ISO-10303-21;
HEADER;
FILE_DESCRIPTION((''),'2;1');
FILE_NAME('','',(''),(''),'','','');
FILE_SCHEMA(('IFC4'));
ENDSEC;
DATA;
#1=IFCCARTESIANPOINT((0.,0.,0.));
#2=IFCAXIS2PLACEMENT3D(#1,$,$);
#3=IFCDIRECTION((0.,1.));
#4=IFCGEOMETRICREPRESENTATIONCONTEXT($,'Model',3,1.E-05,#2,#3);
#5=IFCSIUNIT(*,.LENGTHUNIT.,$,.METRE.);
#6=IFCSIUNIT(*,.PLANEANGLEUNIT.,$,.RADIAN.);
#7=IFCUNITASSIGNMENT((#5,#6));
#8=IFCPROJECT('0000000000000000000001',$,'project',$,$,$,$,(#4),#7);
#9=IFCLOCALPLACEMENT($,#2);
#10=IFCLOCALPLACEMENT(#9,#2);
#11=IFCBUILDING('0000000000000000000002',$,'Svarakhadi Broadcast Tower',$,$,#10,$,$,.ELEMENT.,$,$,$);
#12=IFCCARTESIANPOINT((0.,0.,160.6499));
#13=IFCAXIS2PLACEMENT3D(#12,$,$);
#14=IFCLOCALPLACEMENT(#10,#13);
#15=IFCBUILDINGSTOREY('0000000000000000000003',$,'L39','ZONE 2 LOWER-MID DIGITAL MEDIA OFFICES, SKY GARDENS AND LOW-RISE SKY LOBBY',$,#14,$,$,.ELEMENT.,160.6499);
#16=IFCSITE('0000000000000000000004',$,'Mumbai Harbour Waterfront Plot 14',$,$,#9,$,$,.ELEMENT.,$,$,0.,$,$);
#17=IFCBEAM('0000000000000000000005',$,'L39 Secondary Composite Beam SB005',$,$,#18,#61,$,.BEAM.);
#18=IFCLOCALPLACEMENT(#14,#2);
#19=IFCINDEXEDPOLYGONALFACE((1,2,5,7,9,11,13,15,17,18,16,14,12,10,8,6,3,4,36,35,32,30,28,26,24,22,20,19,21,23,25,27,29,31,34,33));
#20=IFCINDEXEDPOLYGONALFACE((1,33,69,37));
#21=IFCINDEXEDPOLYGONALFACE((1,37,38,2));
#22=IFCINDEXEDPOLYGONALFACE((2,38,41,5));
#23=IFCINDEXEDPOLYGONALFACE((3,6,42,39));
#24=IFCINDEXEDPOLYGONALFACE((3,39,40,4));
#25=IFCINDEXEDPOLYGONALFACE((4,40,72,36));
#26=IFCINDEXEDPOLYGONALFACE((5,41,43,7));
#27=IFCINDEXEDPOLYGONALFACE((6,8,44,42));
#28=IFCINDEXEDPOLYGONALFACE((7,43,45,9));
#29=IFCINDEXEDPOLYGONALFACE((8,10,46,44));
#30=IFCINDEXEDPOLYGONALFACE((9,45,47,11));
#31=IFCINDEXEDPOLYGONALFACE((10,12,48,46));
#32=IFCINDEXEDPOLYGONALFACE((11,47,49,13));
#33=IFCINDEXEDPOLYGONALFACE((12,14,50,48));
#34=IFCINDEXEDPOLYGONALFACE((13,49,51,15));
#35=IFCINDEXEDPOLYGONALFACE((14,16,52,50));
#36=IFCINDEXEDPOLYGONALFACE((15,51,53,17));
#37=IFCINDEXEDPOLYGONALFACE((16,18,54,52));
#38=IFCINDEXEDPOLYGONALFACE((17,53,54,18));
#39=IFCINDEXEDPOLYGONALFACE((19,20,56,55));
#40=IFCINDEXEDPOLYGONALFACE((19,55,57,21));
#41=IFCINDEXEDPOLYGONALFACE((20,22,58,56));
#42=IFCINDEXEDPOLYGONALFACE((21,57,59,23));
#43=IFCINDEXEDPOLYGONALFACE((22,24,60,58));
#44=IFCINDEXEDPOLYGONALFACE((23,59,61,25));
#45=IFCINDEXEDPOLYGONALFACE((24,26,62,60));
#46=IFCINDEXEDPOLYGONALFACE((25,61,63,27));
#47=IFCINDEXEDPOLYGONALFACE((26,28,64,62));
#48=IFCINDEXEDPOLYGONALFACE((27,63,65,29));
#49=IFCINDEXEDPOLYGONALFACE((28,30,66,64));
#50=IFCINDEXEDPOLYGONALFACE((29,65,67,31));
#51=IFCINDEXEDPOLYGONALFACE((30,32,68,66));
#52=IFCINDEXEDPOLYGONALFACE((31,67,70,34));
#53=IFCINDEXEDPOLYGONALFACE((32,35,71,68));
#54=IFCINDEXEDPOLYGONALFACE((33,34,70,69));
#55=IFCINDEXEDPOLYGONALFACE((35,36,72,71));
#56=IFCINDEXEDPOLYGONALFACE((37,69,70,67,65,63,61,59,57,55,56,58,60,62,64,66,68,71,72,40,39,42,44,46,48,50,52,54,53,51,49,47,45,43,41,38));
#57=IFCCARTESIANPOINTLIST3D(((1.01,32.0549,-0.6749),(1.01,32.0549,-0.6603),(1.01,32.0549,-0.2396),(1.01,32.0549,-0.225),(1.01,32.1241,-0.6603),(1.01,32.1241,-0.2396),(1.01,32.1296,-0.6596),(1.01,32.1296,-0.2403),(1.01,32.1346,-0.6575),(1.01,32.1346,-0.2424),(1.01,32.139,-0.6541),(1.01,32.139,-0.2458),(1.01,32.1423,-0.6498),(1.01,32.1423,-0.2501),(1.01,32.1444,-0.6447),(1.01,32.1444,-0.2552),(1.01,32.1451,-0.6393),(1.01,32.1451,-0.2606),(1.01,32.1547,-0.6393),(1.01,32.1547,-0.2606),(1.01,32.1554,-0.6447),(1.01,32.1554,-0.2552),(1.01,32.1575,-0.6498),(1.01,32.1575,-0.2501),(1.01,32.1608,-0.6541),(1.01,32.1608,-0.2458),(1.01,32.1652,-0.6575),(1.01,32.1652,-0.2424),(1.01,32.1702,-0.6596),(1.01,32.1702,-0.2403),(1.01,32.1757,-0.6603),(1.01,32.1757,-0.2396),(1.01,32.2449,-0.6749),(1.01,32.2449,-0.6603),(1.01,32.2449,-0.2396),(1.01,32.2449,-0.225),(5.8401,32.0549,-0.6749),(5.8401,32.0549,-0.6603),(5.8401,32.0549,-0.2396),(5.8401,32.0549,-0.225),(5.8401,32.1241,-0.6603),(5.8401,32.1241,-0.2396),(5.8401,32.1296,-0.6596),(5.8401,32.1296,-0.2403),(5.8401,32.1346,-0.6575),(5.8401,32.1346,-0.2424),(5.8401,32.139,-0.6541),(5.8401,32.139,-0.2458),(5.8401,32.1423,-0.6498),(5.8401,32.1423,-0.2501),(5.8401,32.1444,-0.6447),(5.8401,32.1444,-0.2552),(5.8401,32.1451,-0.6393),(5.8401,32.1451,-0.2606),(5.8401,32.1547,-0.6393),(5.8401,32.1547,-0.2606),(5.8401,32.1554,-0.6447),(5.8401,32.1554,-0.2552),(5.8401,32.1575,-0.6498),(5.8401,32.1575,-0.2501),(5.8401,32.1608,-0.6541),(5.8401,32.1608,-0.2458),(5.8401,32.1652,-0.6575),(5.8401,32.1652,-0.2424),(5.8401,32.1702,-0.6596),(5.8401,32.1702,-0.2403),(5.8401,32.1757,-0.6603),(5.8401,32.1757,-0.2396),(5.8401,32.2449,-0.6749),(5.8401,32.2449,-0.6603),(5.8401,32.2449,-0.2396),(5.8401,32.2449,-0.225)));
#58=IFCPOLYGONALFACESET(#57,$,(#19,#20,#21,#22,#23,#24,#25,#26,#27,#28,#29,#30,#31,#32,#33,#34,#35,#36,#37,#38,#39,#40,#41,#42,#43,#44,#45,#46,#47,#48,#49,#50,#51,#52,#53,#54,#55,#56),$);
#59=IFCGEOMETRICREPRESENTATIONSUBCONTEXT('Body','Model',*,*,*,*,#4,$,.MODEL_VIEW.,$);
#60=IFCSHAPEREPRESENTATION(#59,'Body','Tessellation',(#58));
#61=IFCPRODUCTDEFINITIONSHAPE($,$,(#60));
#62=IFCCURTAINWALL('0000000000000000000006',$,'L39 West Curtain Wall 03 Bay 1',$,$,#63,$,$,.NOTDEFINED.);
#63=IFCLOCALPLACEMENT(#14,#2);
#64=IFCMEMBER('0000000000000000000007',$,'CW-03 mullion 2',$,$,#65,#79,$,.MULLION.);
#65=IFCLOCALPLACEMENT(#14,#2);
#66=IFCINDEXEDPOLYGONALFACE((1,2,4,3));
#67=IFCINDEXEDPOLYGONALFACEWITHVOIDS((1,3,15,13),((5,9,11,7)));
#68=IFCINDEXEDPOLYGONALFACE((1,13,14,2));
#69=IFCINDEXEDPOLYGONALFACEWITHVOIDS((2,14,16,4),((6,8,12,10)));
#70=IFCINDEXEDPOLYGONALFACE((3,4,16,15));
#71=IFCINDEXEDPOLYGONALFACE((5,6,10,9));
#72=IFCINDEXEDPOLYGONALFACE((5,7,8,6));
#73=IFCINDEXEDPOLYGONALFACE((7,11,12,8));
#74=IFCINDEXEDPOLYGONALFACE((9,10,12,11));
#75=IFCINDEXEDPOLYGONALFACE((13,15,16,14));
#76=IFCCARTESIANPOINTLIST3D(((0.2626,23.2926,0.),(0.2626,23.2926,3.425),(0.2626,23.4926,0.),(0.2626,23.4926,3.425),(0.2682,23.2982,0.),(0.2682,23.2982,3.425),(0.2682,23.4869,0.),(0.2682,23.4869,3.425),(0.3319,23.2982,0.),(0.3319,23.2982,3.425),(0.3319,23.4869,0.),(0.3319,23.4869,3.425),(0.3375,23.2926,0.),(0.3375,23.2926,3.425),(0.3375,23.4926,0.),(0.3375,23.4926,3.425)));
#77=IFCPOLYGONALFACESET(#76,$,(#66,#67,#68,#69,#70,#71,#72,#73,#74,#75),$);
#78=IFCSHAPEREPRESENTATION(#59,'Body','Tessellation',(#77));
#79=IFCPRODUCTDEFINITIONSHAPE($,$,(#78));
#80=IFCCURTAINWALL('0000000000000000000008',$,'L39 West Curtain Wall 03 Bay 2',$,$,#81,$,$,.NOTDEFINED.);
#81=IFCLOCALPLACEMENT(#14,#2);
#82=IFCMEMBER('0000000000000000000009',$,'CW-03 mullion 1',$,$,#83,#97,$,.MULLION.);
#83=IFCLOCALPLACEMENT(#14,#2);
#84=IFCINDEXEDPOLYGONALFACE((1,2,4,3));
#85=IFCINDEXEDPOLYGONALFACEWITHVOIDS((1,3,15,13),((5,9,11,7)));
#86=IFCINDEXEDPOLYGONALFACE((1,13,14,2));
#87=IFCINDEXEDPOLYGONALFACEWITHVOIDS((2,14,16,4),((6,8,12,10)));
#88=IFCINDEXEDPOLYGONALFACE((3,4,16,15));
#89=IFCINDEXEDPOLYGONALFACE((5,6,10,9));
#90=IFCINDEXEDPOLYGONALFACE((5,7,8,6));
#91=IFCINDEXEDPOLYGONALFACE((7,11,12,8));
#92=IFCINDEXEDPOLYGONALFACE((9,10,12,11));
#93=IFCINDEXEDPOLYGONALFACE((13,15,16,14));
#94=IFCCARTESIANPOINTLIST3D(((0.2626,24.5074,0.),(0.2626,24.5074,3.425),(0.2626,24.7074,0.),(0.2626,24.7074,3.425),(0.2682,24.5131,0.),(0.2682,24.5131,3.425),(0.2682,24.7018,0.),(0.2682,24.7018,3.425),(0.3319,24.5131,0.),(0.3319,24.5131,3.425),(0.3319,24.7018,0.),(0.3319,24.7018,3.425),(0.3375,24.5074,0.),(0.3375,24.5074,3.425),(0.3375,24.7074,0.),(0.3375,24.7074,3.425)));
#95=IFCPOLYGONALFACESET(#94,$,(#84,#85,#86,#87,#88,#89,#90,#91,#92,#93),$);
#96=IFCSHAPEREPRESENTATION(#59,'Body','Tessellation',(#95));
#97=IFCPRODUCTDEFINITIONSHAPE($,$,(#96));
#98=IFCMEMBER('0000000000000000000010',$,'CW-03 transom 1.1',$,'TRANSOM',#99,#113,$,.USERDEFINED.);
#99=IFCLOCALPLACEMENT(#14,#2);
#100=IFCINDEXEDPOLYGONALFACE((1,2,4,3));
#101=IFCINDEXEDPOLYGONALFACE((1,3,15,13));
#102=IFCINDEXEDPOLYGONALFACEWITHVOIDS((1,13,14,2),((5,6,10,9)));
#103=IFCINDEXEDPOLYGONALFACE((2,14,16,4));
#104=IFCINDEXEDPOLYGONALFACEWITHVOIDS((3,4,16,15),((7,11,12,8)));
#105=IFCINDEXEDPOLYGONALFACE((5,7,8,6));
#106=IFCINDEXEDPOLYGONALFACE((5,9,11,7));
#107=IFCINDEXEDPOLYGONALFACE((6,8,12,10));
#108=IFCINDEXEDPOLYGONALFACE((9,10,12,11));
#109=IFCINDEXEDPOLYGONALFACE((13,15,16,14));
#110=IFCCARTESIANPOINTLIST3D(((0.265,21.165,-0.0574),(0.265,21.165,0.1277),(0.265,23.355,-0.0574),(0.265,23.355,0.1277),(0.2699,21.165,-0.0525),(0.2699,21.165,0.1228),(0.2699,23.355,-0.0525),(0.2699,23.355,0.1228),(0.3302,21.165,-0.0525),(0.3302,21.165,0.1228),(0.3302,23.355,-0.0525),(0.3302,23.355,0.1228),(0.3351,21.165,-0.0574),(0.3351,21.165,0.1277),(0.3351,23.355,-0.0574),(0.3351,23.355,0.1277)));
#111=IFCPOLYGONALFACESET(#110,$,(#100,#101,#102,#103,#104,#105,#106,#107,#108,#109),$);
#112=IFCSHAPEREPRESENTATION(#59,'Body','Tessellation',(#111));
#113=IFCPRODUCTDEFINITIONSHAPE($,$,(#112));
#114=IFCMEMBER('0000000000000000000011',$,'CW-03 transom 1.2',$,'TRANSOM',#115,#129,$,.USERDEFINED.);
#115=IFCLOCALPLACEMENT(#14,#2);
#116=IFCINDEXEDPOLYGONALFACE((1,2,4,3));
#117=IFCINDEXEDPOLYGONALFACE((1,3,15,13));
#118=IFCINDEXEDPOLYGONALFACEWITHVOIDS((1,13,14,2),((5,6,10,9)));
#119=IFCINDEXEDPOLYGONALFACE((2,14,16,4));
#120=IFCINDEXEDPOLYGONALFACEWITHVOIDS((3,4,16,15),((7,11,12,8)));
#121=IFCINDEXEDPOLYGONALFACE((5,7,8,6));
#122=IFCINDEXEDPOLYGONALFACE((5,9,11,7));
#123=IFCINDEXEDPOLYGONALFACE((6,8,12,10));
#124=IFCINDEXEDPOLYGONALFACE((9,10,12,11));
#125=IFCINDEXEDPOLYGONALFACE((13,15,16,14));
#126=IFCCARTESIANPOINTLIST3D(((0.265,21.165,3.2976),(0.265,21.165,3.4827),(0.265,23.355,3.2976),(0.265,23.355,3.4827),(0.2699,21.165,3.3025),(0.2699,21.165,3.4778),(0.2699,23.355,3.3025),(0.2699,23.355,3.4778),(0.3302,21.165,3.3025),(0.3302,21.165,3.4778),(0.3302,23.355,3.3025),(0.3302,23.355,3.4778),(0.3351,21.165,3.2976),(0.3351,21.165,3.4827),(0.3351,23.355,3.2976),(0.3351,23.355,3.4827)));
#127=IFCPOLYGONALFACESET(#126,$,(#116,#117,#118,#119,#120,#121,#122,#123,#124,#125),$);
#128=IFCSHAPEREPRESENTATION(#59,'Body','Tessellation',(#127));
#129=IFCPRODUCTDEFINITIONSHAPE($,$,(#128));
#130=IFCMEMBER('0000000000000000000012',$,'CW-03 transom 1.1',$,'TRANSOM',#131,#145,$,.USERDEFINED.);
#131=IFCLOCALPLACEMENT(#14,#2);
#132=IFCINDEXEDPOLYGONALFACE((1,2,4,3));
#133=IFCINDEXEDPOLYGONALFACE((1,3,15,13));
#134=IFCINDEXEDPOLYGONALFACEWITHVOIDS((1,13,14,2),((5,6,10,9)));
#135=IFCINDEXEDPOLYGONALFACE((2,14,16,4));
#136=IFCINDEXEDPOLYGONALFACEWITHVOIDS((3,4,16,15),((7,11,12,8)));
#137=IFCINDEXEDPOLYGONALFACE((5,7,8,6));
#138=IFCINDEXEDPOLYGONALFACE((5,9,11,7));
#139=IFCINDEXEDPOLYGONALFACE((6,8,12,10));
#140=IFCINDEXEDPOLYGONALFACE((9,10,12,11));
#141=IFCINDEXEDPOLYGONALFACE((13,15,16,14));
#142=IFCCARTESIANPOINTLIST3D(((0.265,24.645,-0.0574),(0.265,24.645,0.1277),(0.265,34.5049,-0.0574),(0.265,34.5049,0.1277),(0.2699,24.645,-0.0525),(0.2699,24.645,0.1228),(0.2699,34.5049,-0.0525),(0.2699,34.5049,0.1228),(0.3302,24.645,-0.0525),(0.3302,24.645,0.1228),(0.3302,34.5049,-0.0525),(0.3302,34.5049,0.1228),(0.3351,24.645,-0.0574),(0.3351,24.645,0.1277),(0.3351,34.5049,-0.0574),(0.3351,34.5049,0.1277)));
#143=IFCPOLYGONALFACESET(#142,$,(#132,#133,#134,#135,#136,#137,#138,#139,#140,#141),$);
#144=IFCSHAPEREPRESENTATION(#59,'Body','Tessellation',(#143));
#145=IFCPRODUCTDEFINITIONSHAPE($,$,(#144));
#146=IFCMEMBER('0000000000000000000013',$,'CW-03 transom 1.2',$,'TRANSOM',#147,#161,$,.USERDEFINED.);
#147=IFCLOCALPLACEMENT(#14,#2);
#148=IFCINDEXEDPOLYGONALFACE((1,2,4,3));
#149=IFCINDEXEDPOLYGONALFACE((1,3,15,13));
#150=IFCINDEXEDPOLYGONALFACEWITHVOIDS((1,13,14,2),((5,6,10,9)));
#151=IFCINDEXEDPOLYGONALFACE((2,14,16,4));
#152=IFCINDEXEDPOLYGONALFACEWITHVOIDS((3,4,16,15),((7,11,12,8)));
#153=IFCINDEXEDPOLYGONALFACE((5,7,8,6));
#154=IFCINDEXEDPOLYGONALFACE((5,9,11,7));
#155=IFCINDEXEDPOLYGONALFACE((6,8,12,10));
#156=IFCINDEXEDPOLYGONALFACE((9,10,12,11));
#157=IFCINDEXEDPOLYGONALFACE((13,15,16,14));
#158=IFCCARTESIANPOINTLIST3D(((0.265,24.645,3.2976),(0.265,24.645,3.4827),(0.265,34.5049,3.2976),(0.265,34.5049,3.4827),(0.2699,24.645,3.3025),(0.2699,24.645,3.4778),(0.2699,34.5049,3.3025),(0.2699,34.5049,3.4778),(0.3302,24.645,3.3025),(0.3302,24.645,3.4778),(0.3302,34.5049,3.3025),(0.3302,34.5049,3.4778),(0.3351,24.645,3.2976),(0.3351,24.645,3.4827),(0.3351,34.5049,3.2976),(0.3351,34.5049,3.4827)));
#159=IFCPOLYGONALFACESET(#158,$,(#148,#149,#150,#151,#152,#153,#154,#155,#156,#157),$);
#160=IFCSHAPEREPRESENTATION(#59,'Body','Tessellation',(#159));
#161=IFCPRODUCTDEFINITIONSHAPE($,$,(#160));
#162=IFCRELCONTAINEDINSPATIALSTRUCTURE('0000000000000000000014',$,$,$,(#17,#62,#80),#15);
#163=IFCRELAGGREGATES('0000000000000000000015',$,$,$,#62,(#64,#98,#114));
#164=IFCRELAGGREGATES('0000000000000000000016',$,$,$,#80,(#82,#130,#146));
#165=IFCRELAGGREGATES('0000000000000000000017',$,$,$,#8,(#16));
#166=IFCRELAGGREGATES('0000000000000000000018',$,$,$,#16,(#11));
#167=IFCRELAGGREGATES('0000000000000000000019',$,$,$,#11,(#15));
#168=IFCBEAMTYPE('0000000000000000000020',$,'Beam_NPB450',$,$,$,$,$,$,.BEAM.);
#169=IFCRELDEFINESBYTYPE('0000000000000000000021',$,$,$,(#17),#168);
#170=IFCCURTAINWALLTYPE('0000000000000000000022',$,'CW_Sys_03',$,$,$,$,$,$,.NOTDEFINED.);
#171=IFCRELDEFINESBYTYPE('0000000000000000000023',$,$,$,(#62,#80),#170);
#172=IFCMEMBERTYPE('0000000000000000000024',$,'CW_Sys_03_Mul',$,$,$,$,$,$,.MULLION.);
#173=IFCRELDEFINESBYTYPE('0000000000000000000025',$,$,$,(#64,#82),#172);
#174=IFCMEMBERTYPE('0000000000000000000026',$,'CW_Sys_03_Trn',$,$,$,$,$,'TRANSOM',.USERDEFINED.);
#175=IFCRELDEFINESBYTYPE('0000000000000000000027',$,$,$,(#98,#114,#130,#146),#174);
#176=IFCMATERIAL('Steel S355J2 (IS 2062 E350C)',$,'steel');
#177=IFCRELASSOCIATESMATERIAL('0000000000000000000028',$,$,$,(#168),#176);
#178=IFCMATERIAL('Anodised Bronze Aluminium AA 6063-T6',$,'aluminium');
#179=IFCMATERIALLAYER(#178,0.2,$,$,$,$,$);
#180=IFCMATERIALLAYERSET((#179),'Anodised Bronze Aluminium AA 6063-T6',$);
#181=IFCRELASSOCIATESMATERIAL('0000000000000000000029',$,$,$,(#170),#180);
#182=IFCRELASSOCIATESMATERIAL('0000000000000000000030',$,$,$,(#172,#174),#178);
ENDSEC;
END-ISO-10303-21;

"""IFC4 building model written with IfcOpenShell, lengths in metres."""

from ifc_helpers import new_model, si_unit, direction, frame, origin, origin_2d, place, context, subcontext, project, spatial, hollow_rectangle, i_section, extrude, material, layer, layer_set, material_profile, profile_set, type_object, element, aggregate, save


model = new_model("IFC4")

# Units and contexts
model_context = context("Model", 3, precision=1e-05, world=origin(), true_north=direction((0.0, 1.0)))
body_context = subcontext(model_context, "Body", "Model", "MODEL_VIEW")
ifc_project = project(units=[si_unit("LENGTHUNIT", "METRE"), si_unit("PLANEANGLEUNIT", "RADIAN")], contexts=[model_context])

# Site, building, storey
site_placement = place(None, origin())
site = spatial("IfcSite", under=ifc_project, at=site_placement, Name="Mumbai Harbour Waterfront Plot 14", CompositionType="ELEMENT", RefElevation=0.0)
building_placement = place(site_placement, origin())
building = spatial("IfcBuilding", under=site, at=building_placement, Name="Svarakhadi Broadcast Tower", CompositionType="ELEMENT")
storey_placement = place(building_placement, frame((0.0, 0.0, 160.6499)))
storey = spatial("IfcBuildingStorey", under=building, at=storey_placement, Name="L39", Description="ZONE 2 LOWER-MID DIGITAL MEDIA OFFICES, SKY GARDENS AND LOW-RISE SKY LOBBY", CompositionType="ELEMENT", Elevation=160.6499)

# Beam
ifc_material_1 = material(Name="Steel S355J2 (IS 2062 E350C)", Category="steel")
ifc_material_profile_1 = material_profile(ifc_material_1, i_section(OverallWidth=0.1899, OverallDepth=0.45, WebThickness=0.0095, FlangeThickness=0.0146, FilletRadius=0.021, at=origin_2d()), Name="NPB 450x190x78")
ifc_profile_set_1 = profile_set([ifc_material_profile_1], Name="Steel S355J2 (IS 2062 E350C)")
beam_type_1 = type_object("IfcBeamType", Name="Beam_NPB450", PredefinedType="BEAM", material=ifc_profile_set_1)
for number, where, z_axis, x_axis, name in (
    (1, (1.01, 32.1499, -0.45), (1.0, 0.0, 0.0), (0.0, 1.0, 0.0), "L39 Secondary Composite Beam SB005"),
):
    element("IfcBeam", number, at=place(storey_placement, frame(where, z_axis=z_axis, x_axis=x_axis)), inside=storey, type_object=beam_type_1, Name=name, PredefinedType="BEAM", context=body_context, shape_type="SweptSolid", body=[
        extrude(i_section(OverallWidth=0.1899, OverallDepth=0.45, WebThickness=0.0095, FlangeThickness=0.0146, FilletRadius=0.021, at=origin_2d()), origin(), (0.0, 0.0, 1.0), 4.8301),
    ])

# Curtain walls, members
ifc_material_2 = material(Name="Anodised Bronze Aluminium AA 6063-T6", Category="aluminium")
ifc_layer_1 = layer(ifc_material_2, 0.2)
ifc_layer_set_1 = layer_set([ifc_layer_1], Name="Anodised Bronze Aluminium AA 6063-T6")
curtain_wall_type = type_object("IfcCurtainWallType", Name="CW_Sys_03", PredefinedType="NOTDEFINED", material=ifc_layer_set_1)
curtain_wall_1_placement = place(storey_placement, origin())
curtain_wall_1 = element("IfcCurtainWall", 2, at=curtain_wall_1_placement, inside=storey, type_object=curtain_wall_type, Name="L39 West Curtain Wall 03 Bay 1", PredefinedType="NOTDEFINED")
ifc_material_profile_2 = material_profile(ifc_material_2, hollow_rectangle(XDim=0.075, YDim=0.2, WallThickness=0.0056, at=origin_2d()), Name="ALU MULLION 200x75x6")
ifc_profile_set_2 = profile_set([ifc_material_profile_2], Name="Anodised Bronze Aluminium AA 6063-T6")
member_type_1 = type_object("IfcMemberType", Name="CW_Sys_03_Mul", PredefinedType="MULLION", material=ifc_profile_set_2)
member_1_placement = place(storey_placement, frame((0.3, 23.3926, 0.0), z_axis=(0.0, 0.0, 1.0), x_axis=(-1.0, 0.0, 0.0)))
member_1 = element("IfcMember", 3, at=member_1_placement, type_object=member_type_1, Name="CW-03 mullion 2", PredefinedType="MULLION", context=body_context, shape_type="SweptSolid", body=[
    extrude(hollow_rectangle(XDim=0.075, YDim=0.2, WallThickness=0.0056, at=origin_2d()), origin(), (0.0, 0.0, 1.0), 3.425),
])
curtain_wall_2_placement = place(storey_placement, origin())
curtain_wall_2 = element("IfcCurtainWall", 4, at=curtain_wall_2_placement, inside=storey, type_object=curtain_wall_type, Name="L39 West Curtain Wall 03 Bay 2", PredefinedType="NOTDEFINED")
member_2_placement = place(storey_placement, frame((0.3, 24.6074, 0.0), z_axis=(0.0, 0.0, 1.0), x_axis=(-1.0, 0.0, 0.0)))
member_2 = element("IfcMember", 5, at=member_2_placement, type_object=member_type_1, Name="CW-03 mullion 1", PredefinedType="MULLION", context=body_context, shape_type="SweptSolid", body=[
    extrude(hollow_rectangle(XDim=0.075, YDim=0.2, WallThickness=0.0056, at=origin_2d()), origin(), (0.0, 0.0, 1.0), 3.425),
])

# Members
ifc_material_profile_3 = material_profile(ifc_material_2, hollow_rectangle(XDim=0.0701, YDim=0.1851, WallThickness=0.0049, at=origin_2d()), Name="ALU TRANSOM 185x70x5")
ifc_profile_set_3 = profile_set([ifc_material_profile_3], Name="Anodised Bronze Aluminium AA 6063-T6")
member_type_2 = type_object("IfcMemberType", Name="CW_Sys_03_Trn", ElementType="TRANSOM", PredefinedType="USERDEFINED", material=ifc_profile_set_3)
member_3_placement = place(storey_placement, frame((0.3, 21.165, 0.0352), z_axis=(0.0, 1.0, 0.0), x_axis=(-1.0, 0.0, 0.0)))
member_3 = element("IfcMember", 6, at=member_3_placement, type_object=member_type_2, Name="CW-03 transom 1.1", ObjectType="TRANSOM", PredefinedType="USERDEFINED", context=body_context, shape_type="SweptSolid", body=[
    extrude(hollow_rectangle(XDim=0.0701, YDim=0.1851, WallThickness=0.0049, at=origin_2d()), origin(), (0.0, 0.0, 1.0), 2.1899),
])
member_4_placement = place(storey_placement, frame((0.3, 21.165, 3.3901), z_axis=(0.0, 1.0, 0.0), x_axis=(-1.0, 0.0, 0.0)))
member_4 = element("IfcMember", 7, at=member_4_placement, type_object=member_type_2, Name="CW-03 transom 1.2", ObjectType="TRANSOM", PredefinedType="USERDEFINED", context=body_context, shape_type="SweptSolid", body=[
    extrude(hollow_rectangle(XDim=0.0701, YDim=0.1851, WallThickness=0.0049, at=origin_2d()), origin(), (0.0, 0.0, 1.0), 2.1899),
])
member_5_placement = place(storey_placement, frame((0.3, 24.645, 0.0352), z_axis=(0.0, 1.0, 0.0), x_axis=(-1.0, 0.0, 0.0)))
member_5 = element("IfcMember", 8, at=member_5_placement, type_object=member_type_2, Name="CW-03 transom 1.1", ObjectType="TRANSOM", PredefinedType="USERDEFINED", context=body_context, shape_type="SweptSolid", body=[
    extrude(hollow_rectangle(XDim=0.0701, YDim=0.1851, WallThickness=0.0049, at=origin_2d()), origin(), (0.0, 0.0, 1.0), 9.8599),
])
member_6_placement = place(storey_placement, frame((0.3, 24.645, 3.3901), z_axis=(0.0, 1.0, 0.0), x_axis=(-1.0, 0.0, 0.0)))
member_6 = element("IfcMember", 9, at=member_6_placement, type_object=member_type_2, Name="CW-03 transom 1.2", ObjectType="TRANSOM", PredefinedType="USERDEFINED", context=body_context, shape_type="SweptSolid", body=[
    extrude(hollow_rectangle(XDim=0.0701, YDim=0.1851, WallThickness=0.0049, at=origin_2d()), origin(), (0.0, 0.0, 1.0), 9.8599),
])

aggregate(curtain_wall_1, [member_1, member_3, member_4])
aggregate(curtain_wall_2, [member_2, member_5, member_6])

save(model, "model.ifc")
